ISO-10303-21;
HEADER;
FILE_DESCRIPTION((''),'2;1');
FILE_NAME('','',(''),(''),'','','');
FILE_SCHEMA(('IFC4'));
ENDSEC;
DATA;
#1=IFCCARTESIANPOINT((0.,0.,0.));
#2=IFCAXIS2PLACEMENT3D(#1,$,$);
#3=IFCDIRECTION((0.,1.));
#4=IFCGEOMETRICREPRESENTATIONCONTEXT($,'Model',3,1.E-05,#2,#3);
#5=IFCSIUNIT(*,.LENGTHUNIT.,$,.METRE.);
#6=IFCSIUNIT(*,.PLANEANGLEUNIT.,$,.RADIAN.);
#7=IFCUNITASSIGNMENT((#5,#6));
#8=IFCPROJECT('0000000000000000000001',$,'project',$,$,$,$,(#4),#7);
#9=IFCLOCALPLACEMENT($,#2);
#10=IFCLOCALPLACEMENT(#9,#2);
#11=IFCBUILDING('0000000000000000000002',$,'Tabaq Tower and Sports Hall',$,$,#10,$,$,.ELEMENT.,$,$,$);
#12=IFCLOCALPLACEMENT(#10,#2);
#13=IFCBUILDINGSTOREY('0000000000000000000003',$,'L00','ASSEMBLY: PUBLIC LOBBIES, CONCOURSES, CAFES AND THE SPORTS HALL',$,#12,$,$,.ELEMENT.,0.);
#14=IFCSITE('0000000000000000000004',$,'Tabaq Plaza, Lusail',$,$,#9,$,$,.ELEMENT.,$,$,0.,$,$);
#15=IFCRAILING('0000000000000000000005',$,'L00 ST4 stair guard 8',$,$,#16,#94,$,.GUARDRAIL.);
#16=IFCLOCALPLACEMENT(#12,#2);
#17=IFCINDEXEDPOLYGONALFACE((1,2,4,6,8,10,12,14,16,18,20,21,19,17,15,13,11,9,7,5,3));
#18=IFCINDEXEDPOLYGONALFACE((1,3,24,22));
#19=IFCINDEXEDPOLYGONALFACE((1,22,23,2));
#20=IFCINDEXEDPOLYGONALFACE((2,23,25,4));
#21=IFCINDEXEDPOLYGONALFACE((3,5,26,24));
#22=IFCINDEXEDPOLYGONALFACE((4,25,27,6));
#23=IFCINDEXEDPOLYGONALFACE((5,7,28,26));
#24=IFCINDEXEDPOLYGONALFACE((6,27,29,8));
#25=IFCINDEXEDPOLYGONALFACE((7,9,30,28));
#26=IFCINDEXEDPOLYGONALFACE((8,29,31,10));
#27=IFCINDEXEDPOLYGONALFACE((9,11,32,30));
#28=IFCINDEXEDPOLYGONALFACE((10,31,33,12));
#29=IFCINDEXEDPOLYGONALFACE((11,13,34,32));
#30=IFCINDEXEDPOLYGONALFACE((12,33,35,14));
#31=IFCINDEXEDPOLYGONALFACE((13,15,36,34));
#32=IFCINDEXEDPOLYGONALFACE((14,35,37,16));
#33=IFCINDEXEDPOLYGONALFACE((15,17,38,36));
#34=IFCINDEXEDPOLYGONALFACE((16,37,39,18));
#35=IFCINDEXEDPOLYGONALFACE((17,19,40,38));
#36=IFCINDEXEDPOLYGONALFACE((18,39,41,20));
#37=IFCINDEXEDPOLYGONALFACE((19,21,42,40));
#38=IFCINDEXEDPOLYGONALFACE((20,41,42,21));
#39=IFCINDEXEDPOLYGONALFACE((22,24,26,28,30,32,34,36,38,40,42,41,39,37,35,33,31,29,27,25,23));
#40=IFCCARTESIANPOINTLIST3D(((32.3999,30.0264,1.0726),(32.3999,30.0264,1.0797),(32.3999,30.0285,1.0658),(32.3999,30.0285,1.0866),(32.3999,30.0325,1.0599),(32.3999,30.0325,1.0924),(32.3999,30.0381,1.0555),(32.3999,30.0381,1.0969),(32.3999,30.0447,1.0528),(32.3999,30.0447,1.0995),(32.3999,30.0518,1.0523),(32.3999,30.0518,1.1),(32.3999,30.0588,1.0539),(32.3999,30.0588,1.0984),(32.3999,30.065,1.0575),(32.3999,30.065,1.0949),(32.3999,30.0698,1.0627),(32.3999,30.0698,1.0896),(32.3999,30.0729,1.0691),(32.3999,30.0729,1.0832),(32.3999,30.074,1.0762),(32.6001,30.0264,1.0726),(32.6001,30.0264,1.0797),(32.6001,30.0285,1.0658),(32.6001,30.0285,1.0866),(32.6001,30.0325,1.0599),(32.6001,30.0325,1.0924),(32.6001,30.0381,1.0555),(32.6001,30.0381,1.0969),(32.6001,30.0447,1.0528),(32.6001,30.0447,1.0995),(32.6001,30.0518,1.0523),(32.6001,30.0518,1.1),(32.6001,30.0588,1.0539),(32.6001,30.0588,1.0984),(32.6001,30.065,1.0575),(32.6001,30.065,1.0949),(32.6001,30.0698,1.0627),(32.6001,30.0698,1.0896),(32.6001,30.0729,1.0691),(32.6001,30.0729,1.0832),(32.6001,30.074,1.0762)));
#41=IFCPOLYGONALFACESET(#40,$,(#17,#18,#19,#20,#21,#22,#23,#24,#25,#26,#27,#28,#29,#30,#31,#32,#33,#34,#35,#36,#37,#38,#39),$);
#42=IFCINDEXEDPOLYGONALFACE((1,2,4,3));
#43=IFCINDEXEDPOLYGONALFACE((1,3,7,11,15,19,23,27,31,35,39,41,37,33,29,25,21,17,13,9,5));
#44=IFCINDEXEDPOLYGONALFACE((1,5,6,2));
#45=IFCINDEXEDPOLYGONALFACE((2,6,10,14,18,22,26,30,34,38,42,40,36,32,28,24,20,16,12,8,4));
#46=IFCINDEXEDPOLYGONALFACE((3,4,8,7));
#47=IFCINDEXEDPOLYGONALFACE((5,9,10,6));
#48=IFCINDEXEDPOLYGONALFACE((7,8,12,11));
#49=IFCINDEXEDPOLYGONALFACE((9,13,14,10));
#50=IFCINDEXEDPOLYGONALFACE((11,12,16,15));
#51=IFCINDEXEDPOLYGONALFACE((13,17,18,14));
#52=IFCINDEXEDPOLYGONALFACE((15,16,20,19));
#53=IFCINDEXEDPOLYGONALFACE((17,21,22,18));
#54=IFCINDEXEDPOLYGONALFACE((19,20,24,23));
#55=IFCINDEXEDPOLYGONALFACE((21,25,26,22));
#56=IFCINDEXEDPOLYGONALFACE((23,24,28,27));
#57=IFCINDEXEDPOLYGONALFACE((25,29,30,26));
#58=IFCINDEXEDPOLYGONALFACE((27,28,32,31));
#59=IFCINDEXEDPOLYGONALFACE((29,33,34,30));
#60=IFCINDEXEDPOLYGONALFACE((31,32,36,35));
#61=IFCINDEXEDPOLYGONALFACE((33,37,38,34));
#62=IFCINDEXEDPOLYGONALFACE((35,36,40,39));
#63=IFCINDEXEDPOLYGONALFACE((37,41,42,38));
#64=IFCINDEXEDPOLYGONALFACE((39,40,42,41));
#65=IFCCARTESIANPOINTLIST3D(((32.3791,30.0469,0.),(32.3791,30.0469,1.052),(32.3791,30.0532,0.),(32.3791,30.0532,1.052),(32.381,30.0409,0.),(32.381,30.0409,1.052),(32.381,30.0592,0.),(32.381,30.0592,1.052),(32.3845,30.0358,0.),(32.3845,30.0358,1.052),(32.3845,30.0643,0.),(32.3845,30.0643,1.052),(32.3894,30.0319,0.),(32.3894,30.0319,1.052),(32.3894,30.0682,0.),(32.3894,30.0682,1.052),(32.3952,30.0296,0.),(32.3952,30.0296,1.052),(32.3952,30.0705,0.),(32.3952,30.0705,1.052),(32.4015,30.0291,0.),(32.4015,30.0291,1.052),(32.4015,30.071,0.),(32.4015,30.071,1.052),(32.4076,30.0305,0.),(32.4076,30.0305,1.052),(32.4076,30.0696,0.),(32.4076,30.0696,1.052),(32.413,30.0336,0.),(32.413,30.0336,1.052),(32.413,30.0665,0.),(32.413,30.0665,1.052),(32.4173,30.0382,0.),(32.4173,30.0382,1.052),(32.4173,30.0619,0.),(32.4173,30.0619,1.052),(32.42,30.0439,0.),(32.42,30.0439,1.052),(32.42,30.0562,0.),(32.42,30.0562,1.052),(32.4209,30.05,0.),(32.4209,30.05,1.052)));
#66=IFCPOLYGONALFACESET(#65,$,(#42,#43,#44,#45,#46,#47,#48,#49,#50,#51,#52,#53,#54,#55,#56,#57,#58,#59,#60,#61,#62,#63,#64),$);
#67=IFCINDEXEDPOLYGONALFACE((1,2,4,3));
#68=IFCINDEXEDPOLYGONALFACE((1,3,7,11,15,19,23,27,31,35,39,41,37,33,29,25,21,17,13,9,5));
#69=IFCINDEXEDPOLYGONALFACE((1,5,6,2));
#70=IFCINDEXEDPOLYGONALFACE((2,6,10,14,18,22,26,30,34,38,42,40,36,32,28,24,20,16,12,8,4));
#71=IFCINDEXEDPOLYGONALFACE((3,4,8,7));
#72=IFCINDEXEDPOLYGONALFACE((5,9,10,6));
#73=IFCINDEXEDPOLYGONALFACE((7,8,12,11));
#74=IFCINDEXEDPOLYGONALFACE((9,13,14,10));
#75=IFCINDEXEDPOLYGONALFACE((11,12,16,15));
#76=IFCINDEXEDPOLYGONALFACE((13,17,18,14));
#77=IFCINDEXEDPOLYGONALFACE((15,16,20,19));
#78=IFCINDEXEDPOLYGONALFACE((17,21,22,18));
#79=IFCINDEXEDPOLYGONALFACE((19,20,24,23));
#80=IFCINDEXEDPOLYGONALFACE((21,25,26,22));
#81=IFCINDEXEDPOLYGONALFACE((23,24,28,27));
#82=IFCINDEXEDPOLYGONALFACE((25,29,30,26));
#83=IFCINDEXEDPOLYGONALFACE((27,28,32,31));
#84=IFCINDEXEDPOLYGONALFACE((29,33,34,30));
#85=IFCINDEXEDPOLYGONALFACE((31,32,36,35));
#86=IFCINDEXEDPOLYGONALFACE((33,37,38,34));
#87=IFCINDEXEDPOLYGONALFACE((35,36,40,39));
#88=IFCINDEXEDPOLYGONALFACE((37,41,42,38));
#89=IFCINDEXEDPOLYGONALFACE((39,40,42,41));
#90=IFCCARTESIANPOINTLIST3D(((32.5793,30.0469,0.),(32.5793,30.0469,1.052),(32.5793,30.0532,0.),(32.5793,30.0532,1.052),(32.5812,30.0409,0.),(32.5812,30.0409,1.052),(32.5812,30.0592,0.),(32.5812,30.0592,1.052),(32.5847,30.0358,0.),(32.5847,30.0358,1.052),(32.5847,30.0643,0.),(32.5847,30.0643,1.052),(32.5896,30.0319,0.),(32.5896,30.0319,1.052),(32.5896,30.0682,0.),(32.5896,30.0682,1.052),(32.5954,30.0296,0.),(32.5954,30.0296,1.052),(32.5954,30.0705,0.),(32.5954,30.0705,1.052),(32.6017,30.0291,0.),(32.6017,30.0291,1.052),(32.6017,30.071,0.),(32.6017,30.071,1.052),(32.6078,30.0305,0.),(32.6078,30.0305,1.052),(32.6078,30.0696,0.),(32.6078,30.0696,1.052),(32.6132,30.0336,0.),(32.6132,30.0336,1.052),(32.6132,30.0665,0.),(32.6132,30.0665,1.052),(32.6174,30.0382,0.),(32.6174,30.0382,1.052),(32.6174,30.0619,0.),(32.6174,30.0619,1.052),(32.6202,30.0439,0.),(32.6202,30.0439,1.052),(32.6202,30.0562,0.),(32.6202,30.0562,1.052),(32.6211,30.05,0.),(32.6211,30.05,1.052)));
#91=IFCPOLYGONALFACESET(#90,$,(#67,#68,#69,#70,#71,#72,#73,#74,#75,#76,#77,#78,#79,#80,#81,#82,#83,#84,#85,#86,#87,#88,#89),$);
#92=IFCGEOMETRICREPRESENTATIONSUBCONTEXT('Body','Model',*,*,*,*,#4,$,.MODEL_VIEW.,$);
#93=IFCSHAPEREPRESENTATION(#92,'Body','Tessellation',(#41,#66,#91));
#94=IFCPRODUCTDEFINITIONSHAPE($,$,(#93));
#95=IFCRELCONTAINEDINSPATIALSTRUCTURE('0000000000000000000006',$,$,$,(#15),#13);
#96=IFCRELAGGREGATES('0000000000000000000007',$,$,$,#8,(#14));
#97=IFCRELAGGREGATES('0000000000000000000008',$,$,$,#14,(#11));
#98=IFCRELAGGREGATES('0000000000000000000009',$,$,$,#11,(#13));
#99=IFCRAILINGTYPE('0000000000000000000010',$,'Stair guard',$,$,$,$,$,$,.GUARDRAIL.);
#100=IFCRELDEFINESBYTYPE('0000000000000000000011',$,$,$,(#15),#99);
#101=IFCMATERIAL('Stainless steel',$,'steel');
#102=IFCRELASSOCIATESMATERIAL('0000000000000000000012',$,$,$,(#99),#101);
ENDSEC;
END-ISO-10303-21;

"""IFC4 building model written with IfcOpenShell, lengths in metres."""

from ifc_helpers import new_model, si_unit, direction, frame, origin, origin_2d, place, context, subcontext, project, spatial, circle, extrude, material, type_object, element, save


model = new_model("IFC4")

# Units and contexts
model_context = context("Model", 3, precision=1e-05, world=origin(), true_north=direction((0.0, 1.0)))
body_context = subcontext(model_context, "Body", "Model", "MODEL_VIEW")
ifc_project = project(units=[si_unit("LENGTHUNIT", "METRE"), si_unit("PLANEANGLEUNIT", "RADIAN")], contexts=[model_context])

# Site, building, storey
site_placement = place(None, origin())
site = spatial("IfcSite", under=ifc_project, at=site_placement, Name="Tabaq Plaza, Lusail", CompositionType="ELEMENT", RefElevation=0.0)
building_placement = place(site_placement, origin())
building = spatial("IfcBuilding", under=site, at=building_placement, Name="Tabaq Tower and Sports Hall", CompositionType="ELEMENT")
storey_placement = place(building_placement, origin())
storey = spatial("IfcBuildingStorey", under=building, at=storey_placement, Name="L00", Description="ASSEMBLY: PUBLIC LOBBIES, CONCOURSES, CAFES AND THE SPORTS HALL", CompositionType="ELEMENT", Elevation=0.0)

# Railing
ifc_material_1 = material(Name="Stainless steel", Category="steel")
railing_type = type_object("IfcRailingType", Name="Stair guard", PredefinedType="GUARDRAIL", material=ifc_material_1)
railing_1_placement = place(storey_placement, frame((32.3999, 30.05, 0.0)))
element("IfcRailing", 1, at=railing_1_placement, inside=storey, type_object=railing_type, Name="L00 ST4 stair guard 8", PredefinedType="GUARDRAIL", context=body_context, shape_type="SweptSolid", body=[
    extrude(circle(Radius=0.0239, at=origin_2d()), frame((0.0, 0.0, 1.0762), z_axis=(1.0, 0.0, 0.0), x_axis=(0.0, 1.0, 0.0)), (0.0, 0.0, 1.0), 0.2002),
    extrude(circle(Radius=0.021, at=origin_2d()), origin(), (0.0, 0.0, 1.0), 1.052),
    extrude(circle(Radius=0.021, at=origin_2d()), frame((0.2002, 0.0, 0.0)), (0.0, 0.0, 1.0), 1.052),
])

save(model, "model.ifc")
